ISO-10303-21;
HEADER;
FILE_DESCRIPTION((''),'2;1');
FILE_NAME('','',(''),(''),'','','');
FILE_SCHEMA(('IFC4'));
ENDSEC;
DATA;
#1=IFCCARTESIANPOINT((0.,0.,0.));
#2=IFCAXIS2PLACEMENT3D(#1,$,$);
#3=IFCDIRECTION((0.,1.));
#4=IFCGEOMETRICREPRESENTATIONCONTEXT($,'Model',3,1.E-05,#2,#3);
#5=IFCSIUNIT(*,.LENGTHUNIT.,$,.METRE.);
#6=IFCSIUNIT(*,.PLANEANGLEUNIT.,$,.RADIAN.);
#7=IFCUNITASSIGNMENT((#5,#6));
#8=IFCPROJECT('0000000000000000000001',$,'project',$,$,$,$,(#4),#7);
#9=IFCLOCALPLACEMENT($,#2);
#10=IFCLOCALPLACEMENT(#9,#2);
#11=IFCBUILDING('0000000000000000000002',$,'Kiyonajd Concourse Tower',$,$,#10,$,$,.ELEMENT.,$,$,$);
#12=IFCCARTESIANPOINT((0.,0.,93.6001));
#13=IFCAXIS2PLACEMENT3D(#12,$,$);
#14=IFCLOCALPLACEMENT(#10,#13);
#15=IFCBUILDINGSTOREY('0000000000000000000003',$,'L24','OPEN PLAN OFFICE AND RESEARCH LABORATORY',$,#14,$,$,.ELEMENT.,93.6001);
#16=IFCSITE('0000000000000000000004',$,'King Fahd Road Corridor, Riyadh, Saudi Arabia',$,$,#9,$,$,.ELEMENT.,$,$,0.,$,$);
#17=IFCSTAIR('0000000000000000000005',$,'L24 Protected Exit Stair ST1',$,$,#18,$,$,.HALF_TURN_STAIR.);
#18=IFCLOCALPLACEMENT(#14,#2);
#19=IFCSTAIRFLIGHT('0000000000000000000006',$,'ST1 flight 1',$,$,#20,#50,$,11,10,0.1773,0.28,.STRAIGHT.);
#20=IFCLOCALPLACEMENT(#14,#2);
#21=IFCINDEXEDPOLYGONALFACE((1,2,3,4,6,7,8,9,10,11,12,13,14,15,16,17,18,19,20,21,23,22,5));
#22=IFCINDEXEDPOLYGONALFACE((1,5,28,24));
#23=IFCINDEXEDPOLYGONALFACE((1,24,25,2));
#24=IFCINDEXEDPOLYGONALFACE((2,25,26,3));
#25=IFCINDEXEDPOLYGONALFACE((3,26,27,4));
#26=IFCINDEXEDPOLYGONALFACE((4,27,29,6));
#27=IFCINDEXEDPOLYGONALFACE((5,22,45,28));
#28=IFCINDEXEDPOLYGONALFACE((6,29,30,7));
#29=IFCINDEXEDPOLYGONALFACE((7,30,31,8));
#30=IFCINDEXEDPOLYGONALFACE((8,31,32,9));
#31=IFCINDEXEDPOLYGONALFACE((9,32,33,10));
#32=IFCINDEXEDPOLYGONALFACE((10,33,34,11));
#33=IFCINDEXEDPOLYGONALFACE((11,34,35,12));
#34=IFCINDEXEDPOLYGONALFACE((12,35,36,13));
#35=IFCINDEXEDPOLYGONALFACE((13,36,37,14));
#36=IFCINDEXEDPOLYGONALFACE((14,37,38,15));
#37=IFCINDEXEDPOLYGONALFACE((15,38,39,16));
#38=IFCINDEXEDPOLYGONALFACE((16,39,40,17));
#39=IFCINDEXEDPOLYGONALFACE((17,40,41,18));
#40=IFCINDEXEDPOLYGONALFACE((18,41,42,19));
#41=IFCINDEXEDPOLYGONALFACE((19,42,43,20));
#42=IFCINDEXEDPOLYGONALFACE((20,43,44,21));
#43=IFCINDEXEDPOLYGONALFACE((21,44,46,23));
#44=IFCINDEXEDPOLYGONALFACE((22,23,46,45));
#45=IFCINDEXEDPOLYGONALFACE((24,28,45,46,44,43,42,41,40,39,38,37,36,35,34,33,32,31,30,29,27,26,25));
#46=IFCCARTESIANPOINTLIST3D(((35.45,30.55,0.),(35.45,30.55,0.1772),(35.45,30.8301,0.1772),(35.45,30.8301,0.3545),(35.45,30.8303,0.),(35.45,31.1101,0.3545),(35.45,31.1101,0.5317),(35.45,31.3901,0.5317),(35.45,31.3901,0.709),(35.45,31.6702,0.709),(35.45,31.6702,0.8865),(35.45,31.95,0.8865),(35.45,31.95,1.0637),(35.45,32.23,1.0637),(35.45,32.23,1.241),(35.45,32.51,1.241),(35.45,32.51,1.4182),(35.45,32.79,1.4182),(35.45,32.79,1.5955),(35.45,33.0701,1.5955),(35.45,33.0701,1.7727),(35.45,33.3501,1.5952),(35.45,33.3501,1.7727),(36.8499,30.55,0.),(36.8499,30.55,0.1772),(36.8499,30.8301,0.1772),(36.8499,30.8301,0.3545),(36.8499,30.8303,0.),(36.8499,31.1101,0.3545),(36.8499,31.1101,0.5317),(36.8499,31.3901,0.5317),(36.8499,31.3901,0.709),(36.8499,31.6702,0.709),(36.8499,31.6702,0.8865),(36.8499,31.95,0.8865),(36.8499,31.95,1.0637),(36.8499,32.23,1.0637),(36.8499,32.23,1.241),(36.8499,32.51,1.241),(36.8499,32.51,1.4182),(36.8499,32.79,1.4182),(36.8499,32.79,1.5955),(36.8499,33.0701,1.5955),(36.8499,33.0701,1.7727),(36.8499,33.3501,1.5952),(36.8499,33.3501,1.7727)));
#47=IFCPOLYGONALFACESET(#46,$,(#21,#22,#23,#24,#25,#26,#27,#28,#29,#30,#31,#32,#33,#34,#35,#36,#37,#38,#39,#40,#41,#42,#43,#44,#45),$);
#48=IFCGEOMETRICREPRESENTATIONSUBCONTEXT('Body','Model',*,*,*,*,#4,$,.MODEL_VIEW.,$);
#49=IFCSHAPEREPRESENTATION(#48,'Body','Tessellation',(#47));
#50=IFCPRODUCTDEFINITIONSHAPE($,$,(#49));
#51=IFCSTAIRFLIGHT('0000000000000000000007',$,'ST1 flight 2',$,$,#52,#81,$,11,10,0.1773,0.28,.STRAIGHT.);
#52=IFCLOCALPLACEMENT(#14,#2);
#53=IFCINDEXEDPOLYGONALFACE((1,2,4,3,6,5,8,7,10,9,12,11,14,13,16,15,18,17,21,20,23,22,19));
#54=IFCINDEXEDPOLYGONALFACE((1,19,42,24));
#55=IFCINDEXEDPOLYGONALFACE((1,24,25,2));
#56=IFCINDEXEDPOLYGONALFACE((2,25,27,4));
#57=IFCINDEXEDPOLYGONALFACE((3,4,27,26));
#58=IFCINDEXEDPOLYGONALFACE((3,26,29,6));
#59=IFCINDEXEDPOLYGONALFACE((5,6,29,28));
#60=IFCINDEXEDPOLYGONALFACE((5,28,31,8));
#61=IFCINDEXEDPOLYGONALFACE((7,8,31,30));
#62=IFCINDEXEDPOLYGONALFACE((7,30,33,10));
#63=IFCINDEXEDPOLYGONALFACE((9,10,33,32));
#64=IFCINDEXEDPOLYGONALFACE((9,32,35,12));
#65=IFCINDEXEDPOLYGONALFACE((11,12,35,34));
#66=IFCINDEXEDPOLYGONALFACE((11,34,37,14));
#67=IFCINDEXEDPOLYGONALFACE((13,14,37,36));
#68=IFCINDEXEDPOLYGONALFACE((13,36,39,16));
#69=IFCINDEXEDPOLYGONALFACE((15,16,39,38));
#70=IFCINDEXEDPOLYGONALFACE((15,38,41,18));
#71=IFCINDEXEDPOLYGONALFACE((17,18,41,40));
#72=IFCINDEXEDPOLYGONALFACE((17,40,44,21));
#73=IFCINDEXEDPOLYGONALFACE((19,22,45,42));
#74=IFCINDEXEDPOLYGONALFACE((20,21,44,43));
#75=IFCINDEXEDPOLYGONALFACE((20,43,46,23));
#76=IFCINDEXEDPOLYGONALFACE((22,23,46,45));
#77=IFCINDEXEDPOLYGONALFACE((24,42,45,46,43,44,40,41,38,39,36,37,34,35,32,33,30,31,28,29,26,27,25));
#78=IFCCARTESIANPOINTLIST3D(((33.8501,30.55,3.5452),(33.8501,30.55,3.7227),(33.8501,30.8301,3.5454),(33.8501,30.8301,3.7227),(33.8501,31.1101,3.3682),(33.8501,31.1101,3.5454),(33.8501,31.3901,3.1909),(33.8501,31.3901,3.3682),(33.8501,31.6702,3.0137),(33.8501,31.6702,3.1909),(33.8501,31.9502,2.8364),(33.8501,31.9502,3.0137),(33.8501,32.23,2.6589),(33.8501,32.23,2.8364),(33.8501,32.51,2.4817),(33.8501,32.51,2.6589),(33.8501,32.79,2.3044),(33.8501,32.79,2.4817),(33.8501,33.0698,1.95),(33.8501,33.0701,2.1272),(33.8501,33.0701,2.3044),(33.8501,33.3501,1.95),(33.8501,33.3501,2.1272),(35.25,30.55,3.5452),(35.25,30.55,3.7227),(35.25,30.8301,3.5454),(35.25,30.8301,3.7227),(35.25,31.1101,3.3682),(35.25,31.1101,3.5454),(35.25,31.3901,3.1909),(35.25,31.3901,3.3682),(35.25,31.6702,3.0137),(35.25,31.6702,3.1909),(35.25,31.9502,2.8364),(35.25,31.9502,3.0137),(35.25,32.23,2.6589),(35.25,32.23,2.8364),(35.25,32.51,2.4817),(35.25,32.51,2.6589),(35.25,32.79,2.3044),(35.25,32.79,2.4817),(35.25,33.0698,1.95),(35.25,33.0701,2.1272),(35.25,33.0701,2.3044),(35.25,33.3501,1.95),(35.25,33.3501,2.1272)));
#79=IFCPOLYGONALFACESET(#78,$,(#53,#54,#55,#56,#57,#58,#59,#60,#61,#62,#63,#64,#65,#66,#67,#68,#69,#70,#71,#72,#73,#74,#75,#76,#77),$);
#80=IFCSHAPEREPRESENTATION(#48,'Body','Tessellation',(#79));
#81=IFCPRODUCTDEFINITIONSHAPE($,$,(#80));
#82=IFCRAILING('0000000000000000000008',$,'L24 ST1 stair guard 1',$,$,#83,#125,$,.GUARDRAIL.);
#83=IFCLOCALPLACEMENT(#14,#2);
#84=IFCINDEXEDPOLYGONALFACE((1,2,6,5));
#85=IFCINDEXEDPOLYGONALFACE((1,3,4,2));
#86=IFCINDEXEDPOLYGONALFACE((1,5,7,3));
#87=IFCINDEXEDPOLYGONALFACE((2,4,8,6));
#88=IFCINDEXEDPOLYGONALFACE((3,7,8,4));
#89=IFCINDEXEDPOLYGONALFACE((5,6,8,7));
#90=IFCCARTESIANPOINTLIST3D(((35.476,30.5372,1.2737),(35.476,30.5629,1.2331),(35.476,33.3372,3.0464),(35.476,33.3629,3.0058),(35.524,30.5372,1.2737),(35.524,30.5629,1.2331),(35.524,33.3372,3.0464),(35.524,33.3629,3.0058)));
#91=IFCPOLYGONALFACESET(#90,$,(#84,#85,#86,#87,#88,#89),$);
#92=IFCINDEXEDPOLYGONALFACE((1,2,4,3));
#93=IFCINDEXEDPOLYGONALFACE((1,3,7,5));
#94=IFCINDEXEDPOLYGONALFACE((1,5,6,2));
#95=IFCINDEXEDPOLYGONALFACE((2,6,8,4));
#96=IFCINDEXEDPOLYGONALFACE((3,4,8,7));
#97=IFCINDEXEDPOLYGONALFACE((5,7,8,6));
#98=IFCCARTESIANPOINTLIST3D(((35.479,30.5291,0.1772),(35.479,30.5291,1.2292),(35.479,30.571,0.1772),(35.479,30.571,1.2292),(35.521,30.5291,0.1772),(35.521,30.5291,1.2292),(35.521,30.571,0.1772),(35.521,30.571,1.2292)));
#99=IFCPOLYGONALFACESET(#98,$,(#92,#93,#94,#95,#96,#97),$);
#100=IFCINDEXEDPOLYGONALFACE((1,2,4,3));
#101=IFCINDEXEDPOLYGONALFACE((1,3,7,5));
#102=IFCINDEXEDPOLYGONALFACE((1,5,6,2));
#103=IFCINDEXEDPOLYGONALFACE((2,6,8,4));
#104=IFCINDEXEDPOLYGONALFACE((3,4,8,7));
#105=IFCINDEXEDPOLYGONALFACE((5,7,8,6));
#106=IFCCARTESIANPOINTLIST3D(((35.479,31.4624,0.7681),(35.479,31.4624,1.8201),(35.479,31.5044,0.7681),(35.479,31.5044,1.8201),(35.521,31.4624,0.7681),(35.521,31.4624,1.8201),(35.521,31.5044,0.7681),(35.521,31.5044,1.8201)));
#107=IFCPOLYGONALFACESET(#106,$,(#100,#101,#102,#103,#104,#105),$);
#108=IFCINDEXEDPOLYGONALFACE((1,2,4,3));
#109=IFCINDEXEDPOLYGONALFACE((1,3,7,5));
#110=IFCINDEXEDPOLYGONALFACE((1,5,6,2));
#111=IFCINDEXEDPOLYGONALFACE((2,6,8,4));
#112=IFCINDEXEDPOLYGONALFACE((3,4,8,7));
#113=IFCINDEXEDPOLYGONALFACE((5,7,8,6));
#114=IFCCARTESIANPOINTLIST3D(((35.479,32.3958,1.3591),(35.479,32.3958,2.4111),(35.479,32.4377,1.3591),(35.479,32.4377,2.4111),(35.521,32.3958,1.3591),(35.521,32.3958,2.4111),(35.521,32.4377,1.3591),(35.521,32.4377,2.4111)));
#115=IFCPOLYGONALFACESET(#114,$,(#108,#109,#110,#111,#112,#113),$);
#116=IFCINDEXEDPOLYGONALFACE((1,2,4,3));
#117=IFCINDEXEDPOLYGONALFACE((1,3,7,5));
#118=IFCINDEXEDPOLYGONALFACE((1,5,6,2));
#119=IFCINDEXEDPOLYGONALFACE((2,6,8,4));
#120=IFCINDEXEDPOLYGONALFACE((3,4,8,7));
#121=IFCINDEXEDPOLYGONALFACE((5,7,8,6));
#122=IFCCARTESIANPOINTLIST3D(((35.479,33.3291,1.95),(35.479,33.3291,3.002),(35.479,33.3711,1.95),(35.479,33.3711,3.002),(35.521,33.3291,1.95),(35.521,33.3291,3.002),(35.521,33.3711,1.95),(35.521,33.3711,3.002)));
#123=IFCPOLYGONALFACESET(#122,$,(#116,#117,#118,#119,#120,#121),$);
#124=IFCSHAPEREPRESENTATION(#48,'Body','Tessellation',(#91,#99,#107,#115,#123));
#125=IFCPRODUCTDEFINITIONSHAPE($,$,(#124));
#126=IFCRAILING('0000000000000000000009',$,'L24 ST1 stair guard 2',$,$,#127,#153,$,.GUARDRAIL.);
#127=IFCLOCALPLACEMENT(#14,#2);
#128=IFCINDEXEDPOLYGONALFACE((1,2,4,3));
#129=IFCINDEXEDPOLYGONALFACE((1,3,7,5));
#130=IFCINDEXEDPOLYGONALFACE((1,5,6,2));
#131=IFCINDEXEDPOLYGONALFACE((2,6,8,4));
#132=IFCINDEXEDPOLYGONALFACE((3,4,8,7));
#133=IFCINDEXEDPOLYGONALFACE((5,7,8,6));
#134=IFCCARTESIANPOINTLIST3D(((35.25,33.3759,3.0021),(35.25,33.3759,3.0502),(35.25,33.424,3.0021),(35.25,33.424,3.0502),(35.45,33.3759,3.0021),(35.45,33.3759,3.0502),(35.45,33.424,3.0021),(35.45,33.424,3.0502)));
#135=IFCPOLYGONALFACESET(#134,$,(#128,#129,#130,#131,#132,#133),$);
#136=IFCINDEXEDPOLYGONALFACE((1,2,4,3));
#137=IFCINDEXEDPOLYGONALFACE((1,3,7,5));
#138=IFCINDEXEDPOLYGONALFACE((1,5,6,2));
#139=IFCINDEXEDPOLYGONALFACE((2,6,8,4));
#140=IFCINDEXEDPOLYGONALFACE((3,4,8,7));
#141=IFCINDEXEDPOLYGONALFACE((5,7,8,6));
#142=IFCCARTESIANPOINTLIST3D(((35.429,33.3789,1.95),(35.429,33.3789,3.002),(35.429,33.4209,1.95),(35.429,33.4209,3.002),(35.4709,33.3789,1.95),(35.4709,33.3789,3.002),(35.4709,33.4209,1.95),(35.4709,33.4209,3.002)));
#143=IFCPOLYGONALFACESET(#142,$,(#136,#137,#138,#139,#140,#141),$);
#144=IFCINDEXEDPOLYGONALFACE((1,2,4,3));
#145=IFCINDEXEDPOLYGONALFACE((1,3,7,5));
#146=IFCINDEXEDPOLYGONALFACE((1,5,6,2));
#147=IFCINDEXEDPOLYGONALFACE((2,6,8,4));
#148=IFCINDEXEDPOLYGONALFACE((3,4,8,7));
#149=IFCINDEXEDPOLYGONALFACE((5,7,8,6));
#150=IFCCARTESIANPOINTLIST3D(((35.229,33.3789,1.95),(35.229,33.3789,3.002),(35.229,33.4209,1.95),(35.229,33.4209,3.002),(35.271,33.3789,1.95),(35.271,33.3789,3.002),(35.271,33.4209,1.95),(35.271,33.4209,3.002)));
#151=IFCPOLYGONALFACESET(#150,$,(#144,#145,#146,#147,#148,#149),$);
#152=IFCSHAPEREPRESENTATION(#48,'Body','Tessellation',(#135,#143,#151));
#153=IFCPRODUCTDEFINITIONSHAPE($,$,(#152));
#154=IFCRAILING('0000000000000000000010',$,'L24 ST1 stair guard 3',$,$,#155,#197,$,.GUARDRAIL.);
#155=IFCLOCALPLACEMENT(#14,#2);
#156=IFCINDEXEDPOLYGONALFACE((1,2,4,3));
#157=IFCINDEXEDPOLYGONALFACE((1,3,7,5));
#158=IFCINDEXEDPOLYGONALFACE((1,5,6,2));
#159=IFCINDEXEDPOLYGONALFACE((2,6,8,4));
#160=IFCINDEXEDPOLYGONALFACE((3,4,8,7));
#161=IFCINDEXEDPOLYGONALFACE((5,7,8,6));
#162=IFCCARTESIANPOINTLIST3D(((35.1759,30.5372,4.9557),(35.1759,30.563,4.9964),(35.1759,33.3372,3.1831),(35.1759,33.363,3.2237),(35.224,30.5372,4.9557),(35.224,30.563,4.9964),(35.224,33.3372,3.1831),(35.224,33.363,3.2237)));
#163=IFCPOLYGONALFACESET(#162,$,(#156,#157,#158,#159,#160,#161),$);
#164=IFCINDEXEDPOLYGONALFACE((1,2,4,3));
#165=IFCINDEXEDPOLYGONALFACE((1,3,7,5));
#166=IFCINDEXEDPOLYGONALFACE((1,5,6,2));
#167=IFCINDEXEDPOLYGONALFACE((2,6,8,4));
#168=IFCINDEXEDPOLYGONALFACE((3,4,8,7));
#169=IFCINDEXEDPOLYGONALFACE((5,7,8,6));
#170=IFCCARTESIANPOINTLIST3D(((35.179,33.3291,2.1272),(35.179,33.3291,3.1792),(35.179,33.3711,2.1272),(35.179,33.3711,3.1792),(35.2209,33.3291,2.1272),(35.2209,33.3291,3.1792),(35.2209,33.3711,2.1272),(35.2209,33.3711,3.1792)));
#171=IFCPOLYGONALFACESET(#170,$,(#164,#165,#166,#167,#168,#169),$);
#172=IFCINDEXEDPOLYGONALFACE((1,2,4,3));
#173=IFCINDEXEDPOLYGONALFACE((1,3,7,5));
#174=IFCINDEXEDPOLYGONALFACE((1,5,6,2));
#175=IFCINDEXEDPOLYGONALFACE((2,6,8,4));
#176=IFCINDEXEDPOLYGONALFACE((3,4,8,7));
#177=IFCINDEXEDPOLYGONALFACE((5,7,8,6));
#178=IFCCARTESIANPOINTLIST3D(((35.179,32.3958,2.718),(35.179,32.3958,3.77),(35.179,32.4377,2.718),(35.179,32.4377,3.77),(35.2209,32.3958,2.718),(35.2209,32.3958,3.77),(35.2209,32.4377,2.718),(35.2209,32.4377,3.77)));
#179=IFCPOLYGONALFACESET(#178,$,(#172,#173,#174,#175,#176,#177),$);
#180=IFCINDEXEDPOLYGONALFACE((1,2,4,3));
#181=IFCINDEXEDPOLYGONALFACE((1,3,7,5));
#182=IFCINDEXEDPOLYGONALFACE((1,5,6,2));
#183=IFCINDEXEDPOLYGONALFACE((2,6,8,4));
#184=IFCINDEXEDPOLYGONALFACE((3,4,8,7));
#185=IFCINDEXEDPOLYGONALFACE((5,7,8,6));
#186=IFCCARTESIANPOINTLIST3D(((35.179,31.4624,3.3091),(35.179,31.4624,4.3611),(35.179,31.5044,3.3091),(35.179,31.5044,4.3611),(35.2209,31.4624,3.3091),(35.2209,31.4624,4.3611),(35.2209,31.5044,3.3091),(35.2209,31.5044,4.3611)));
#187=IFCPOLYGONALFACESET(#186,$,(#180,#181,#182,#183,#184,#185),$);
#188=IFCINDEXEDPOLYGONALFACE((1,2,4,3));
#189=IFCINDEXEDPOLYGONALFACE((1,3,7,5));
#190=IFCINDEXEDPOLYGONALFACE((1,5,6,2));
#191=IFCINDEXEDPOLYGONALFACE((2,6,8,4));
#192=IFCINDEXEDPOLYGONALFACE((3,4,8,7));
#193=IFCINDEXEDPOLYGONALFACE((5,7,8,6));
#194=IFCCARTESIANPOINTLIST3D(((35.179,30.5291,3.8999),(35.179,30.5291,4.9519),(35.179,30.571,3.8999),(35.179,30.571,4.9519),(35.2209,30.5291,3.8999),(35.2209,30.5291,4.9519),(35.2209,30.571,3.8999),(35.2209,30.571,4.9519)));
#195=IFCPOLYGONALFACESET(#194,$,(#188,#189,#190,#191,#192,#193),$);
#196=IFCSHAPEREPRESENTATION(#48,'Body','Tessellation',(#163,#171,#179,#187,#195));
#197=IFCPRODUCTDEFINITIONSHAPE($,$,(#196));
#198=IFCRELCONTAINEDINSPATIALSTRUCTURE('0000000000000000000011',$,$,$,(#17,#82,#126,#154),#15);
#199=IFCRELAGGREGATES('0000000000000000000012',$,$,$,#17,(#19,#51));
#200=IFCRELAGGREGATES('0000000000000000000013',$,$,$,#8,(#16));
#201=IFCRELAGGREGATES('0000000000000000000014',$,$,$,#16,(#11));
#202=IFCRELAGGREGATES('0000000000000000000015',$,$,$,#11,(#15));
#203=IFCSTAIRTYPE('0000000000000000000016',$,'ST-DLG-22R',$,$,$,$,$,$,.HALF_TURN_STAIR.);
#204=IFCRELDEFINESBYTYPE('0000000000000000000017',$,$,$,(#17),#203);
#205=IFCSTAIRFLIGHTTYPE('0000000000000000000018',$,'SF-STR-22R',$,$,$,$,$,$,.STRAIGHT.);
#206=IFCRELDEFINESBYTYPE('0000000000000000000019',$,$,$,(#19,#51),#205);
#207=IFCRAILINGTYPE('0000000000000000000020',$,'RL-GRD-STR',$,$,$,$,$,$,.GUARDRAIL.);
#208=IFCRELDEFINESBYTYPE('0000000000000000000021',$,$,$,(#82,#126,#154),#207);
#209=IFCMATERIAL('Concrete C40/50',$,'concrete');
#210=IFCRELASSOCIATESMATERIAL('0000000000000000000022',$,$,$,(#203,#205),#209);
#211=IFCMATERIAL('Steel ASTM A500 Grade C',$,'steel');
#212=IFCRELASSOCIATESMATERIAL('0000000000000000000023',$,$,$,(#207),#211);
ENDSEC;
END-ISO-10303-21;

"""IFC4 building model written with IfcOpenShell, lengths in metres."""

from ifc_helpers import new_model, si_unit, direction, frame, origin, origin_2d, place, context, subcontext, project, spatial, polyline, rectangle, outline, extrude, material, type_object, element, aggregate, save


model = new_model("IFC4")

# Units and contexts
model_context = context("Model", 3, precision=1e-05, world=origin(), true_north=direction((0.0, 1.0)))
body_context = subcontext(model_context, "Body", "Model", "MODEL_VIEW")
ifc_project = project(units=[si_unit("LENGTHUNIT", "METRE"), si_unit("PLANEANGLEUNIT", "RADIAN")], contexts=[model_context])

# Site, building, storey
site_placement = place(None, origin())
site = spatial("IfcSite", under=ifc_project, at=site_placement, Name="King Fahd Road Corridor, Riyadh, Saudi Arabia", CompositionType="ELEMENT", RefElevation=0.0)
building_placement = place(site_placement, origin())
building = spatial("IfcBuilding", under=site, at=building_placement, Name="Kiyonajd Concourse Tower", CompositionType="ELEMENT")
storey_placement = place(building_placement, frame((0.0, 0.0, 93.6001)))
storey = spatial("IfcBuildingStorey", under=building, at=storey_placement, Name="L24", Description="OPEN PLAN OFFICE AND RESEARCH LABORATORY", CompositionType="ELEMENT", Elevation=93.6001)

# Stair, stair flights
ifc_material_1 = material(Name="Concrete C40/50", Category="concrete")
stair_type = type_object("IfcStairType", Name="ST-DLG-22R", PredefinedType="HALF_TURN_STAIR", material=ifc_material_1)
stair_placement = place(storey_placement, origin())
stair = element("IfcStair", 1, at=stair_placement, inside=storey, type_object=stair_type, Name="L24 Protected Exit Stair ST1", PredefinedType="HALF_TURN_STAIR")
stair_flight_type = type_object("IfcStairFlightType", Name="SF-STR-22R", PredefinedType="STRAIGHT", material=ifc_material_1)
stair_flight_1_placement = place(storey_placement, frame((36.1499, 30.55, 0.0), z_axis=(0.0, 0.0, 1.0), x_axis=(0.0, 1.0, 0.0)))
stair_flight_1 = element("IfcStairFlight", 2, at=stair_flight_1_placement, type_object=stair_flight_type, Name="ST1 flight 1", NumberOfRisers=11, NumberOfTreads=10, PredefinedType="STRAIGHT", RiserHeight=0.1773, TreadLength=0.28, context=body_context, shape_type="SweptSolid", body=[
    extrude(outline(polyline([(0.0, 0.0), (0.0, 0.1772), (0.28, 0.1772), (0.28, 0.3545), (0.5601, 0.3545), (0.5601, 0.5317), (0.8401, 0.5317), (0.8401, 0.709), (1.1201, 0.709), (1.1201, 0.8865), (1.3999, 0.8865), (1.3999, 1.0637), (1.6799, 1.0637), (1.6799, 1.241), (1.96, 1.241), (1.96, 1.4182), (2.24, 1.4182), (2.24, 1.5955), (2.52, 1.5955), (2.52, 1.7727), (2.8, 1.7727), (2.8, 1.95), (2.8, 1.5952), (0.2803, 0.0), (0.0, 0.0)])), frame((0.0, 0.7, 0.0), z_axis=(0.0, -1.0, 0.0), x_axis=(1.0, 0.0, 0.0)), (0.0, 0.0, 1.0), 1.3999),
])
stair_flight_2_placement = place(storey_placement, frame((34.55, 33.3501, 1.95), z_axis=(0.0, 0.0, 1.0), x_axis=(0.0, -1.0, 0.0)))
stair_flight_2 = element("IfcStairFlight", 3, at=stair_flight_2_placement, type_object=stair_flight_type, Name="ST1 flight 2", NumberOfRisers=11, NumberOfTreads=10, PredefinedType="STRAIGHT", RiserHeight=0.1773, TreadLength=0.28, context=body_context, shape_type="SweptSolid", body=[
    extrude(outline(polyline([(0.0, 0.0), (0.0, 0.1772), (0.28, 0.1772), (0.28, 0.3545), (0.5601, 0.3545), (0.5601, 0.5317), (0.8401, 0.5317), (0.8401, 0.709), (1.1201, 0.709), (1.1201, 0.8865), (1.3999, 0.8865), (1.3999, 1.0637), (1.6799, 1.0637), (1.6799, 1.241), (1.96, 1.241), (1.96, 1.4182), (2.24, 1.4182), (2.24, 1.5955), (2.52, 1.5955), (2.52, 1.7727), (2.8, 1.7727), (2.8, 1.95), (2.8, 1.5952), (0.2803, 0.0), (0.0, 0.0)])), frame((0.0, 0.7, 0.0), z_axis=(0.0, -1.0, 0.0), x_axis=(1.0, 0.0, 0.0)), (0.0, 0.0, 1.0), 1.3999),
])
aggregate(stair, [stair_flight_1, stair_flight_2])

# Railings
ifc_material_2 = material(Name="Steel ASTM A500 Grade C", Category="steel")
railing_type_1 = type_object("IfcRailingType", Name="RL-GRD-STR", PredefinedType="GUARDRAIL", material=ifc_material_2)
railing_1_placement = place(storey_placement, frame((35.5, 30.55, 0.1772)))
element("IfcRailing", 4, at=railing_1_placement, inside=storey, type_object=railing_type_1, Name="L24 ST1 stair guard 1", PredefinedType="GUARDRAIL", context=body_context, shape_type="SweptSolid", body=[
    extrude(rectangle(XDim=0.0481, YDim=0.0481, at=origin_2d()), frame((0.0, 0.0, 1.0762), z_axis=(0.0, 0.844909, 0.53491), x_axis=(-1.0, 0.0, 0.0)), (0.0, 0.0, 1.0), 3.314),
    extrude(rectangle(XDim=0.042, YDim=0.042, at=origin_2d()), origin(), (0.0, 0.0, 1.0), 1.052),
    extrude(rectangle(XDim=0.042, YDim=0.042, at=origin_2d()), frame((0.0, 0.9333, 0.5908)), (0.0, 0.0, 1.0), 1.052),
    extrude(rectangle(XDim=0.042, YDim=0.042, at=origin_2d()), frame((0.0, 1.8667, 1.1819)), (0.0, 0.0, 1.0), 1.052),
    extrude(rectangle(XDim=0.042, YDim=0.042, at=origin_2d()), frame((0.0, 2.8, 1.7727)), (0.0, 0.0, 1.0), 1.052),
])
railing_2_placement = place(storey_placement, frame((35.45, 33.3999, 1.95)))
element("IfcRailing", 5, at=railing_2_placement, inside=storey, type_object=railing_type_1, Name="L24 ST1 stair guard 2", PredefinedType="GUARDRAIL", context=body_context, shape_type="SweptSolid", body=[
    extrude(rectangle(XDim=0.0481, YDim=0.0481, at=origin_2d()), frame((0.0, 0.0, 1.0762), z_axis=(-1.0, 0.0, 0.0), x_axis=(0.0, -1.0, 0.0)), (0.0, 0.0, 1.0), 0.2),
    extrude(rectangle(XDim=0.042, YDim=0.042, at=origin_2d()), origin(), (0.0, 0.0, 1.0), 1.052),
    extrude(rectangle(XDim=0.042, YDim=0.042, at=origin_2d()), frame((-0.2, 0.0, 0.0)), (0.0, 0.0, 1.0), 1.052),
])
railing_3_placement = place(storey_placement, frame((35.2, 33.3501, 2.1272)))
element("IfcRailing", 6, at=railing_3_placement, inside=storey, type_object=railing_type_1, Name="L24 ST1 stair guard 3", PredefinedType="GUARDRAIL", context=body_context, shape_type="SweptSolid", body=[
    extrude(rectangle(XDim=0.0481, YDim=0.0481, at=origin_2d()), frame((0.0, 0.0, 1.0762), z_axis=(0.0, -0.844909, 0.53491), x_axis=(1.0, 0.0, 0.0)), (0.0, 0.0, 1.0), 3.314),
    extrude(rectangle(XDim=0.042, YDim=0.042, at=origin_2d()), origin(), (0.0, 0.0, 1.0), 1.052),
    extrude(rectangle(XDim=0.042, YDim=0.042, at=origin_2d()), frame((0.0, -0.9333, 0.5908)), (0.0, 0.0, 1.0), 1.052),
    extrude(rectangle(XDim=0.042, YDim=0.042, at=origin_2d()), frame((0.0, -1.8667, 1.1819)), (0.0, 0.0, 1.0), 1.052),
    extrude(rectangle(XDim=0.042, YDim=0.042, at=origin_2d()), frame((0.0, -2.8, 1.7727)), (0.0, 0.0, 1.0), 1.052),
])

save(model, "model.ifc")
